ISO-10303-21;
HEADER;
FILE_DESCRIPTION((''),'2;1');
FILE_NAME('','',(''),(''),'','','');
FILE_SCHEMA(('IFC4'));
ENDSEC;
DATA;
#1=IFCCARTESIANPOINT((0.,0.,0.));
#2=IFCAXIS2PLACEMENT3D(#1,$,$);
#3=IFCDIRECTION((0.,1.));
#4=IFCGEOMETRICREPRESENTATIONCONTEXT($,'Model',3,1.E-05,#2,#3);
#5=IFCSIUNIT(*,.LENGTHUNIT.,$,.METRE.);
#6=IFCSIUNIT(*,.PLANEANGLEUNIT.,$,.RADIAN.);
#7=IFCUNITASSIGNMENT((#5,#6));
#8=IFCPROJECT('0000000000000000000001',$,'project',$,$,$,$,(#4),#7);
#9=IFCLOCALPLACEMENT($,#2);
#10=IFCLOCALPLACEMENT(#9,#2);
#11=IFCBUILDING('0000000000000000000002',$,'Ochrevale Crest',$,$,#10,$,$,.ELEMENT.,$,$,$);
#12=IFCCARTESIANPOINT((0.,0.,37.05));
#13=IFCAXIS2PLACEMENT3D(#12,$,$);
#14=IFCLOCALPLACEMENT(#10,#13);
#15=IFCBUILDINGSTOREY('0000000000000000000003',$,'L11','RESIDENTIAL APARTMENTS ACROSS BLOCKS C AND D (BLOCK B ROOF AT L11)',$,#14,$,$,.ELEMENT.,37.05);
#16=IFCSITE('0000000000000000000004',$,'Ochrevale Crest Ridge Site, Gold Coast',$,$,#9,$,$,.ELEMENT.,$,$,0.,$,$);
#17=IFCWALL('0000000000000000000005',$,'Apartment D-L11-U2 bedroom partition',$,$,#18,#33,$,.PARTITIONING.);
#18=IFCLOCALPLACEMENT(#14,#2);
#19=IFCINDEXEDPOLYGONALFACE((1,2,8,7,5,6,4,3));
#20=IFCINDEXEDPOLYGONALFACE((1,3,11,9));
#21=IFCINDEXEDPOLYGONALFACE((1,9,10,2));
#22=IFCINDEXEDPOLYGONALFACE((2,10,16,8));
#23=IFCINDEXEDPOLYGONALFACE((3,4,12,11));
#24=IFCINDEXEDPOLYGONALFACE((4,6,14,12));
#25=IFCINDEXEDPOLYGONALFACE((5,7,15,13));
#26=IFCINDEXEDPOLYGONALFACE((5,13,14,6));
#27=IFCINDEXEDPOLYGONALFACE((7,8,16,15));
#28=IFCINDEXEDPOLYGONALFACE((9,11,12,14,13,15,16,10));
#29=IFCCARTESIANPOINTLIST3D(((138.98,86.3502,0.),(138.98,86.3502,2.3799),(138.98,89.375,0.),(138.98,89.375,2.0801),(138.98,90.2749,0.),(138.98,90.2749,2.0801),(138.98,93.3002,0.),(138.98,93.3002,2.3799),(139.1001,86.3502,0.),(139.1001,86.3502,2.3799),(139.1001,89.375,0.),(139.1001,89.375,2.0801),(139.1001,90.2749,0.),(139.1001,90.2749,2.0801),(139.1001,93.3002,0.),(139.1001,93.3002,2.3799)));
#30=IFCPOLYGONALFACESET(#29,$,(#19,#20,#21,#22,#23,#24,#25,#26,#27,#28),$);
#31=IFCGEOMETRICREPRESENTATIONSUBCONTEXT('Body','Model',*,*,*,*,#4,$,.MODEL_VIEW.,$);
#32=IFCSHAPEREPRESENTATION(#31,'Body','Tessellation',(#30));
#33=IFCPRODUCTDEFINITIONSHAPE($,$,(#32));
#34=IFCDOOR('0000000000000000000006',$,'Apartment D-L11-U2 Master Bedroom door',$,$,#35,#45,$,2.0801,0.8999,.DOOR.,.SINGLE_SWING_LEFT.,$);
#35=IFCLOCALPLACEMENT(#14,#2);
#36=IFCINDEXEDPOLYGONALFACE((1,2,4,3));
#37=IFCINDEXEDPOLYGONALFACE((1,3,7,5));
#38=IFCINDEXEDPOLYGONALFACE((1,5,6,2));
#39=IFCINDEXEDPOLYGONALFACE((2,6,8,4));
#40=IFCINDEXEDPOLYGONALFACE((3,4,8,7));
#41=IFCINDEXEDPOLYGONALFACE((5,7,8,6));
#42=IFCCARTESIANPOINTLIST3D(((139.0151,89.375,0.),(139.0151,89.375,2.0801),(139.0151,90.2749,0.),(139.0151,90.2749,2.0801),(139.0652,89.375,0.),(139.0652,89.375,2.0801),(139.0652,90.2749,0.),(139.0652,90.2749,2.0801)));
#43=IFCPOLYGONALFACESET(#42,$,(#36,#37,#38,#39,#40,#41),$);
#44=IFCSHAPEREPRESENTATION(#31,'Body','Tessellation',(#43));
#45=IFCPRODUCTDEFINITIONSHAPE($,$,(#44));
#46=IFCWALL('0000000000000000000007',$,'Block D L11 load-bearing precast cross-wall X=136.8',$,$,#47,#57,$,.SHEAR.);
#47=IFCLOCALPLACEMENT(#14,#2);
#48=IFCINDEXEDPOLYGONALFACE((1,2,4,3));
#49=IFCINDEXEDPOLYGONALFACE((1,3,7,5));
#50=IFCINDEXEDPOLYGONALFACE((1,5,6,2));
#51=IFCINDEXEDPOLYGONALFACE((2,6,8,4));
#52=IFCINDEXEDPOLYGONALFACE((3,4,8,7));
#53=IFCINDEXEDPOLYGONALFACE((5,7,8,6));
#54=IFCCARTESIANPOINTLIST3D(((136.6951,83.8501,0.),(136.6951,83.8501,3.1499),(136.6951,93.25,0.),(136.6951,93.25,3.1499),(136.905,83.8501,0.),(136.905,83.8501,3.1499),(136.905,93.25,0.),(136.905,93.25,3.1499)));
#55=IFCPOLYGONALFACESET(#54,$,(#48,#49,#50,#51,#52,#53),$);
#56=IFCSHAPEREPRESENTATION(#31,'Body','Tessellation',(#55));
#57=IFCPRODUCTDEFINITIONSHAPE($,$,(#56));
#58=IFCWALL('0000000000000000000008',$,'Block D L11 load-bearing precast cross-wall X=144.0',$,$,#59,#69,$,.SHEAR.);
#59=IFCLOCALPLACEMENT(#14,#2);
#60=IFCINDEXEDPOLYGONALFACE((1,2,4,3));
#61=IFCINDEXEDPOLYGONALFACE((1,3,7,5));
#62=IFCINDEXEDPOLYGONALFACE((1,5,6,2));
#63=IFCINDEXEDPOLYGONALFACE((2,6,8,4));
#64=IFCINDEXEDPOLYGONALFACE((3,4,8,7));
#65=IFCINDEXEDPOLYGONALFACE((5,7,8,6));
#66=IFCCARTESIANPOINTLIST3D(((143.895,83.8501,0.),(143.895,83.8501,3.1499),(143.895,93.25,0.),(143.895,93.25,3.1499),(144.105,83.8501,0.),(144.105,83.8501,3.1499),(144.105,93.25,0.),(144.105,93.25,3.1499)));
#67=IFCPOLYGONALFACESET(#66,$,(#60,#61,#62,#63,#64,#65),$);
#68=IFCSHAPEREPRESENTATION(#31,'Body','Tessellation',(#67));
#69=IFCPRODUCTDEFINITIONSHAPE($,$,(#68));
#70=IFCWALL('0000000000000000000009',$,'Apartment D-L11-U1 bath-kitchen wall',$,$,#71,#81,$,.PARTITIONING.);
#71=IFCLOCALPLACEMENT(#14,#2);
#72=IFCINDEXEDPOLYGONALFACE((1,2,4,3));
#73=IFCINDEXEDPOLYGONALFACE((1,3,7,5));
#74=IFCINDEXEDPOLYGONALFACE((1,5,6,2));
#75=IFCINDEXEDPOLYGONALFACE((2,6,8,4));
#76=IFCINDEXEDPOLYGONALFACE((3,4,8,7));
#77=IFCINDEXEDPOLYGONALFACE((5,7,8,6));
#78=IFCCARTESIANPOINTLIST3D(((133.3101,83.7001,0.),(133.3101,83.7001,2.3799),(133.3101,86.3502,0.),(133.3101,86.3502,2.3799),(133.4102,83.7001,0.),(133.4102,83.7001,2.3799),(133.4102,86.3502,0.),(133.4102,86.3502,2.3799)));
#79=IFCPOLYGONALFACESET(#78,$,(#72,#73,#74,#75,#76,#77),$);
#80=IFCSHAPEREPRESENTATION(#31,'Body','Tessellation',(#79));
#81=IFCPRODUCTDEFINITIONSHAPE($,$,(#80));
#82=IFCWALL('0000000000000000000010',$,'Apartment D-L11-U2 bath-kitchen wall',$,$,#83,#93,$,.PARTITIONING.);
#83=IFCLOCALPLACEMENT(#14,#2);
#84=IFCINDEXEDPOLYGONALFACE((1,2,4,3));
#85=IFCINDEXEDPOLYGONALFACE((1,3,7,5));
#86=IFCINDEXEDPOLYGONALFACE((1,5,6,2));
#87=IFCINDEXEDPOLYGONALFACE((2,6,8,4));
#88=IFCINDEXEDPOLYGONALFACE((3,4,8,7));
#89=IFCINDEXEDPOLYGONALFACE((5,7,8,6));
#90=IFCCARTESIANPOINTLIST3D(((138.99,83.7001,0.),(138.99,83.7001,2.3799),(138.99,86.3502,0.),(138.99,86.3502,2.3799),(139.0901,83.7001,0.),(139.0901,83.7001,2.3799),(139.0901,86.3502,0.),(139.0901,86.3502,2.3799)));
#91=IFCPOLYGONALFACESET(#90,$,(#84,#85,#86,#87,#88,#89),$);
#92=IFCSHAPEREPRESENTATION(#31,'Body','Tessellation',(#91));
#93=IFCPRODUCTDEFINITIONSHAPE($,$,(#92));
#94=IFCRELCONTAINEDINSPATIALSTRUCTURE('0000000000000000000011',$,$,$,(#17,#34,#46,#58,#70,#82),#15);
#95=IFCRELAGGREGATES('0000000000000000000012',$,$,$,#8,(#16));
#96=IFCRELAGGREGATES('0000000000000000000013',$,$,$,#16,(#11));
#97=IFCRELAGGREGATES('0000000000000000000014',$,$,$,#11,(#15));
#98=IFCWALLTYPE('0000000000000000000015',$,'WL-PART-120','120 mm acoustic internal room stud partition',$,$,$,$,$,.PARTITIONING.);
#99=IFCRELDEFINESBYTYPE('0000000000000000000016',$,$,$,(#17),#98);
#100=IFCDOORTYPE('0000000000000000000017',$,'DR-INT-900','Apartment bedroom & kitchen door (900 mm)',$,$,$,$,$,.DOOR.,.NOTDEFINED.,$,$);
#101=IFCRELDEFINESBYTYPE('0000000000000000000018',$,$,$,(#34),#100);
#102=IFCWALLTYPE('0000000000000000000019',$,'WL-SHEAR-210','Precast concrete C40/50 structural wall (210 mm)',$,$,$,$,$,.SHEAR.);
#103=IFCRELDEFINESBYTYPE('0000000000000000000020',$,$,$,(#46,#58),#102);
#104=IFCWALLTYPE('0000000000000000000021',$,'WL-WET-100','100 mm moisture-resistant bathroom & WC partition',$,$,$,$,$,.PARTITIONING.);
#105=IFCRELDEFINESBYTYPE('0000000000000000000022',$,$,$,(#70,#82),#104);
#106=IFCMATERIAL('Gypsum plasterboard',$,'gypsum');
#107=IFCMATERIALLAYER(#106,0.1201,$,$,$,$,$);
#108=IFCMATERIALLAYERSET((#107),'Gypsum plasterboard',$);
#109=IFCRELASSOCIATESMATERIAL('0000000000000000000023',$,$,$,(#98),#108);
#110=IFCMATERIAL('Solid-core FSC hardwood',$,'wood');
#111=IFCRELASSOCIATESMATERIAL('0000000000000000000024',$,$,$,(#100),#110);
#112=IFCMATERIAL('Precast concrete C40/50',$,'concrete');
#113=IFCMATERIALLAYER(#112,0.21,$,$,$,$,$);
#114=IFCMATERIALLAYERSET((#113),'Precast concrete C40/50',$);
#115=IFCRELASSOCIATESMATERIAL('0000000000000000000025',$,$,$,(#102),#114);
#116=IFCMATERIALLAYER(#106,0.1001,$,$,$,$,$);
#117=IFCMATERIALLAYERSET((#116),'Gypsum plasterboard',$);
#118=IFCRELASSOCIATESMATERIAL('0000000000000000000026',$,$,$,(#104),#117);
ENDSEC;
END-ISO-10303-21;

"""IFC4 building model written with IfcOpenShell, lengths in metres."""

from ifc_helpers import new_model, si_unit, direction, frame, frame_2d, origin, place, context, subcontext, project, spatial, rectangle, extrude, material, layer, layer_set, type_object, element, fill, save


model = new_model("IFC4")

# Units and contexts
model_context = context("Model", 3, precision=1e-05, world=origin(), true_north=direction((0.0, 1.0)))
body_context = subcontext(model_context, "Body", "Model", "MODEL_VIEW")
ifc_project = project(units=[si_unit("LENGTHUNIT", "METRE"), si_unit("PLANEANGLEUNIT", "RADIAN")], contexts=[model_context])

# Site, building, storey
site_placement = place(None, origin())
site = spatial("IfcSite", under=ifc_project, at=site_placement, Name="Ochrevale Crest Ridge Site, Gold Coast", CompositionType="ELEMENT", RefElevation=0.0)
building_placement = place(site_placement, origin())
building = spatial("IfcBuilding", under=site, at=building_placement, Name="Ochrevale Crest", CompositionType="ELEMENT")
storey_placement = place(building_placement, frame((0.0, 0.0, 37.05)))
storey = spatial("IfcBuildingStorey", under=building, at=storey_placement, Name="L11", Description="RESIDENTIAL APARTMENTS ACROSS BLOCKS C AND D (BLOCK B ROOF AT L11)", CompositionType="ELEMENT", Elevation=37.05)

# Shared definitions
ifc_material_1 = material(Name="Gypsum plasterboard", Category="gypsum")
ifc_material_2 = material(Name="Solid-core FSC hardwood", Category="wood")

# Shared definitions
ifc_layer_1 = layer(ifc_material_1, 0.1201)
ifc_layer_set_1 = layer_set([ifc_layer_1], Name="Gypsum plasterboard")
wall_type_1 = type_object("IfcWallType", Name="WL-PART-120", Description="120 mm acoustic internal room stud partition", PredefinedType="PARTITIONING", material=ifc_layer_set_1)

# Shared definitions
door_type_1 = type_object("IfcDoorType", Name="DR-INT-900", Description="Apartment bedroom & kitchen door (900 mm)", OperationType="NOTDEFINED", PredefinedType="DOOR", material=ifc_material_2)

# Wall, opening, door
wall_1_placement = place(storey_placement, frame((139.04, 86.3501, 0.0), z_axis=(0.0, 0.0, 1.0), x_axis=(0.0, 1.0, 0.0)))
wall_1 = element("IfcWall", 1, at=wall_1_placement, inside=storey, type_object=wall_type_1, Name="Apartment D-L11-U2 bedroom partition", PredefinedType="PARTITIONING", context=body_context, shape_type="SweptSolid", body=[
    extrude(rectangle(XDim=6.95, YDim=0.1201, at=frame_2d((3.4751, 0.0))), origin(), (0.0, 0.0, 1.0), 2.3799),
])
opening_1_placement = place(wall_1_placement, frame((3.0249, 0.0, 0.0)))
opening_1 = element("IfcOpeningElement", 2, at=opening_1_placement, cuts=wall_1, PredefinedType="OPENING", context=body_context, shape_type="SweptSolid", body=[
    extrude(rectangle(XDim=0.8999, YDim=2.0801, at=frame_2d((0.45, 1.04))), frame((0.0, 0.0701, 0.0), z_axis=(0.0, -1.0, 0.0), x_axis=(1.0, 0.0, 0.0)), (0.0, 0.0, 1.0), 0.1401),
])
door_1_placement = place(opening_1_placement, origin())
door_1 = element("IfcDoor", 3, at=door_1_placement, inside=storey, type_object=door_type_1, Name="Apartment D-L11-U2 Master Bedroom door", OperationType="SINGLE_SWING_LEFT", OverallHeight=2.0801, OverallWidth=0.8999, PredefinedType="DOOR", context=body_context, shape_type="SweptSolid", body=[
    extrude(rectangle(XDim=0.8999, YDim=2.0801, at=frame_2d((0.45, 1.04))), frame((0.0, 0.0249, 0.0), z_axis=(0.0, -1.0, 0.0), x_axis=(1.0, 0.0, 0.0)), (0.0, 0.0, 1.0), 0.05),
])
fill(opening_1, door_1)

# Walls
ifc_material_3 = material(Name="Precast concrete C40/50", Category="concrete")
ifc_layer_2 = layer(ifc_material_3, 0.21)
ifc_layer_set_2 = layer_set([ifc_layer_2], Name="Precast concrete C40/50")
wall_type_2 = type_object("IfcWallType", Name="WL-SHEAR-210", Description="Precast concrete C40/50 structural wall (210 mm)", PredefinedType="SHEAR", material=ifc_layer_set_2)
for number, where, z_axis, x_axis, name in (
    (4, (136.8, 83.8501, 0.0), (0.0, 0.0, 1.0), (0.0, 1.0, 0.0), "Block D L11 load-bearing precast cross-wall X=136.8"),
    (5, (144.0, 83.8501, 0.0), (0.0, 0.0, 1.0), (0.0, 1.0, 0.0), "Block D L11 load-bearing precast cross-wall X=144.0"),
):
    element("IfcWall", number, at=place(storey_placement, frame(where, z_axis=z_axis, x_axis=x_axis)), inside=storey, type_object=wall_type_2, Name=name, PredefinedType="SHEAR", context=body_context, shape_type="SweptSolid", body=[
        extrude(rectangle(XDim=9.3999, YDim=0.21, at=frame_2d((4.7, 0.0))), origin(), (0.0, 0.0, 1.0), 3.1499),
    ])
ifc_layer_3 = layer(ifc_material_1, 0.1001)
ifc_layer_set_3 = layer_set([ifc_layer_3], Name="Gypsum plasterboard")
wall_type_3 = type_object("IfcWallType", Name="WL-WET-100", Description="100 mm moisture-resistant bathroom & WC partition", PredefinedType="PARTITIONING", material=ifc_layer_set_3)
for number, where, z_axis, x_axis, name in (
    (6, (133.3601, 83.7, 0.0), (0.0, 0.0, 1.0), (0.0, 1.0, 0.0), "Apartment D-L11-U1 bath-kitchen wall"),
    (7, (139.04, 83.7, 0.0), (0.0, 0.0, 1.0), (0.0, 1.0, 0.0), "Apartment D-L11-U2 bath-kitchen wall"),
):
    element("IfcWall", number, at=place(storey_placement, frame(where, z_axis=z_axis, x_axis=x_axis)), inside=storey, type_object=wall_type_3, Name=name, PredefinedType="PARTITIONING", context=body_context, shape_type="SweptSolid", body=[
        extrude(rectangle(XDim=2.6501, YDim=0.1001, at=frame_2d((1.3252, 0.0))), origin(), (0.0, 0.0, 1.0), 2.3799),
    ])

save(model, "model.ifc")
